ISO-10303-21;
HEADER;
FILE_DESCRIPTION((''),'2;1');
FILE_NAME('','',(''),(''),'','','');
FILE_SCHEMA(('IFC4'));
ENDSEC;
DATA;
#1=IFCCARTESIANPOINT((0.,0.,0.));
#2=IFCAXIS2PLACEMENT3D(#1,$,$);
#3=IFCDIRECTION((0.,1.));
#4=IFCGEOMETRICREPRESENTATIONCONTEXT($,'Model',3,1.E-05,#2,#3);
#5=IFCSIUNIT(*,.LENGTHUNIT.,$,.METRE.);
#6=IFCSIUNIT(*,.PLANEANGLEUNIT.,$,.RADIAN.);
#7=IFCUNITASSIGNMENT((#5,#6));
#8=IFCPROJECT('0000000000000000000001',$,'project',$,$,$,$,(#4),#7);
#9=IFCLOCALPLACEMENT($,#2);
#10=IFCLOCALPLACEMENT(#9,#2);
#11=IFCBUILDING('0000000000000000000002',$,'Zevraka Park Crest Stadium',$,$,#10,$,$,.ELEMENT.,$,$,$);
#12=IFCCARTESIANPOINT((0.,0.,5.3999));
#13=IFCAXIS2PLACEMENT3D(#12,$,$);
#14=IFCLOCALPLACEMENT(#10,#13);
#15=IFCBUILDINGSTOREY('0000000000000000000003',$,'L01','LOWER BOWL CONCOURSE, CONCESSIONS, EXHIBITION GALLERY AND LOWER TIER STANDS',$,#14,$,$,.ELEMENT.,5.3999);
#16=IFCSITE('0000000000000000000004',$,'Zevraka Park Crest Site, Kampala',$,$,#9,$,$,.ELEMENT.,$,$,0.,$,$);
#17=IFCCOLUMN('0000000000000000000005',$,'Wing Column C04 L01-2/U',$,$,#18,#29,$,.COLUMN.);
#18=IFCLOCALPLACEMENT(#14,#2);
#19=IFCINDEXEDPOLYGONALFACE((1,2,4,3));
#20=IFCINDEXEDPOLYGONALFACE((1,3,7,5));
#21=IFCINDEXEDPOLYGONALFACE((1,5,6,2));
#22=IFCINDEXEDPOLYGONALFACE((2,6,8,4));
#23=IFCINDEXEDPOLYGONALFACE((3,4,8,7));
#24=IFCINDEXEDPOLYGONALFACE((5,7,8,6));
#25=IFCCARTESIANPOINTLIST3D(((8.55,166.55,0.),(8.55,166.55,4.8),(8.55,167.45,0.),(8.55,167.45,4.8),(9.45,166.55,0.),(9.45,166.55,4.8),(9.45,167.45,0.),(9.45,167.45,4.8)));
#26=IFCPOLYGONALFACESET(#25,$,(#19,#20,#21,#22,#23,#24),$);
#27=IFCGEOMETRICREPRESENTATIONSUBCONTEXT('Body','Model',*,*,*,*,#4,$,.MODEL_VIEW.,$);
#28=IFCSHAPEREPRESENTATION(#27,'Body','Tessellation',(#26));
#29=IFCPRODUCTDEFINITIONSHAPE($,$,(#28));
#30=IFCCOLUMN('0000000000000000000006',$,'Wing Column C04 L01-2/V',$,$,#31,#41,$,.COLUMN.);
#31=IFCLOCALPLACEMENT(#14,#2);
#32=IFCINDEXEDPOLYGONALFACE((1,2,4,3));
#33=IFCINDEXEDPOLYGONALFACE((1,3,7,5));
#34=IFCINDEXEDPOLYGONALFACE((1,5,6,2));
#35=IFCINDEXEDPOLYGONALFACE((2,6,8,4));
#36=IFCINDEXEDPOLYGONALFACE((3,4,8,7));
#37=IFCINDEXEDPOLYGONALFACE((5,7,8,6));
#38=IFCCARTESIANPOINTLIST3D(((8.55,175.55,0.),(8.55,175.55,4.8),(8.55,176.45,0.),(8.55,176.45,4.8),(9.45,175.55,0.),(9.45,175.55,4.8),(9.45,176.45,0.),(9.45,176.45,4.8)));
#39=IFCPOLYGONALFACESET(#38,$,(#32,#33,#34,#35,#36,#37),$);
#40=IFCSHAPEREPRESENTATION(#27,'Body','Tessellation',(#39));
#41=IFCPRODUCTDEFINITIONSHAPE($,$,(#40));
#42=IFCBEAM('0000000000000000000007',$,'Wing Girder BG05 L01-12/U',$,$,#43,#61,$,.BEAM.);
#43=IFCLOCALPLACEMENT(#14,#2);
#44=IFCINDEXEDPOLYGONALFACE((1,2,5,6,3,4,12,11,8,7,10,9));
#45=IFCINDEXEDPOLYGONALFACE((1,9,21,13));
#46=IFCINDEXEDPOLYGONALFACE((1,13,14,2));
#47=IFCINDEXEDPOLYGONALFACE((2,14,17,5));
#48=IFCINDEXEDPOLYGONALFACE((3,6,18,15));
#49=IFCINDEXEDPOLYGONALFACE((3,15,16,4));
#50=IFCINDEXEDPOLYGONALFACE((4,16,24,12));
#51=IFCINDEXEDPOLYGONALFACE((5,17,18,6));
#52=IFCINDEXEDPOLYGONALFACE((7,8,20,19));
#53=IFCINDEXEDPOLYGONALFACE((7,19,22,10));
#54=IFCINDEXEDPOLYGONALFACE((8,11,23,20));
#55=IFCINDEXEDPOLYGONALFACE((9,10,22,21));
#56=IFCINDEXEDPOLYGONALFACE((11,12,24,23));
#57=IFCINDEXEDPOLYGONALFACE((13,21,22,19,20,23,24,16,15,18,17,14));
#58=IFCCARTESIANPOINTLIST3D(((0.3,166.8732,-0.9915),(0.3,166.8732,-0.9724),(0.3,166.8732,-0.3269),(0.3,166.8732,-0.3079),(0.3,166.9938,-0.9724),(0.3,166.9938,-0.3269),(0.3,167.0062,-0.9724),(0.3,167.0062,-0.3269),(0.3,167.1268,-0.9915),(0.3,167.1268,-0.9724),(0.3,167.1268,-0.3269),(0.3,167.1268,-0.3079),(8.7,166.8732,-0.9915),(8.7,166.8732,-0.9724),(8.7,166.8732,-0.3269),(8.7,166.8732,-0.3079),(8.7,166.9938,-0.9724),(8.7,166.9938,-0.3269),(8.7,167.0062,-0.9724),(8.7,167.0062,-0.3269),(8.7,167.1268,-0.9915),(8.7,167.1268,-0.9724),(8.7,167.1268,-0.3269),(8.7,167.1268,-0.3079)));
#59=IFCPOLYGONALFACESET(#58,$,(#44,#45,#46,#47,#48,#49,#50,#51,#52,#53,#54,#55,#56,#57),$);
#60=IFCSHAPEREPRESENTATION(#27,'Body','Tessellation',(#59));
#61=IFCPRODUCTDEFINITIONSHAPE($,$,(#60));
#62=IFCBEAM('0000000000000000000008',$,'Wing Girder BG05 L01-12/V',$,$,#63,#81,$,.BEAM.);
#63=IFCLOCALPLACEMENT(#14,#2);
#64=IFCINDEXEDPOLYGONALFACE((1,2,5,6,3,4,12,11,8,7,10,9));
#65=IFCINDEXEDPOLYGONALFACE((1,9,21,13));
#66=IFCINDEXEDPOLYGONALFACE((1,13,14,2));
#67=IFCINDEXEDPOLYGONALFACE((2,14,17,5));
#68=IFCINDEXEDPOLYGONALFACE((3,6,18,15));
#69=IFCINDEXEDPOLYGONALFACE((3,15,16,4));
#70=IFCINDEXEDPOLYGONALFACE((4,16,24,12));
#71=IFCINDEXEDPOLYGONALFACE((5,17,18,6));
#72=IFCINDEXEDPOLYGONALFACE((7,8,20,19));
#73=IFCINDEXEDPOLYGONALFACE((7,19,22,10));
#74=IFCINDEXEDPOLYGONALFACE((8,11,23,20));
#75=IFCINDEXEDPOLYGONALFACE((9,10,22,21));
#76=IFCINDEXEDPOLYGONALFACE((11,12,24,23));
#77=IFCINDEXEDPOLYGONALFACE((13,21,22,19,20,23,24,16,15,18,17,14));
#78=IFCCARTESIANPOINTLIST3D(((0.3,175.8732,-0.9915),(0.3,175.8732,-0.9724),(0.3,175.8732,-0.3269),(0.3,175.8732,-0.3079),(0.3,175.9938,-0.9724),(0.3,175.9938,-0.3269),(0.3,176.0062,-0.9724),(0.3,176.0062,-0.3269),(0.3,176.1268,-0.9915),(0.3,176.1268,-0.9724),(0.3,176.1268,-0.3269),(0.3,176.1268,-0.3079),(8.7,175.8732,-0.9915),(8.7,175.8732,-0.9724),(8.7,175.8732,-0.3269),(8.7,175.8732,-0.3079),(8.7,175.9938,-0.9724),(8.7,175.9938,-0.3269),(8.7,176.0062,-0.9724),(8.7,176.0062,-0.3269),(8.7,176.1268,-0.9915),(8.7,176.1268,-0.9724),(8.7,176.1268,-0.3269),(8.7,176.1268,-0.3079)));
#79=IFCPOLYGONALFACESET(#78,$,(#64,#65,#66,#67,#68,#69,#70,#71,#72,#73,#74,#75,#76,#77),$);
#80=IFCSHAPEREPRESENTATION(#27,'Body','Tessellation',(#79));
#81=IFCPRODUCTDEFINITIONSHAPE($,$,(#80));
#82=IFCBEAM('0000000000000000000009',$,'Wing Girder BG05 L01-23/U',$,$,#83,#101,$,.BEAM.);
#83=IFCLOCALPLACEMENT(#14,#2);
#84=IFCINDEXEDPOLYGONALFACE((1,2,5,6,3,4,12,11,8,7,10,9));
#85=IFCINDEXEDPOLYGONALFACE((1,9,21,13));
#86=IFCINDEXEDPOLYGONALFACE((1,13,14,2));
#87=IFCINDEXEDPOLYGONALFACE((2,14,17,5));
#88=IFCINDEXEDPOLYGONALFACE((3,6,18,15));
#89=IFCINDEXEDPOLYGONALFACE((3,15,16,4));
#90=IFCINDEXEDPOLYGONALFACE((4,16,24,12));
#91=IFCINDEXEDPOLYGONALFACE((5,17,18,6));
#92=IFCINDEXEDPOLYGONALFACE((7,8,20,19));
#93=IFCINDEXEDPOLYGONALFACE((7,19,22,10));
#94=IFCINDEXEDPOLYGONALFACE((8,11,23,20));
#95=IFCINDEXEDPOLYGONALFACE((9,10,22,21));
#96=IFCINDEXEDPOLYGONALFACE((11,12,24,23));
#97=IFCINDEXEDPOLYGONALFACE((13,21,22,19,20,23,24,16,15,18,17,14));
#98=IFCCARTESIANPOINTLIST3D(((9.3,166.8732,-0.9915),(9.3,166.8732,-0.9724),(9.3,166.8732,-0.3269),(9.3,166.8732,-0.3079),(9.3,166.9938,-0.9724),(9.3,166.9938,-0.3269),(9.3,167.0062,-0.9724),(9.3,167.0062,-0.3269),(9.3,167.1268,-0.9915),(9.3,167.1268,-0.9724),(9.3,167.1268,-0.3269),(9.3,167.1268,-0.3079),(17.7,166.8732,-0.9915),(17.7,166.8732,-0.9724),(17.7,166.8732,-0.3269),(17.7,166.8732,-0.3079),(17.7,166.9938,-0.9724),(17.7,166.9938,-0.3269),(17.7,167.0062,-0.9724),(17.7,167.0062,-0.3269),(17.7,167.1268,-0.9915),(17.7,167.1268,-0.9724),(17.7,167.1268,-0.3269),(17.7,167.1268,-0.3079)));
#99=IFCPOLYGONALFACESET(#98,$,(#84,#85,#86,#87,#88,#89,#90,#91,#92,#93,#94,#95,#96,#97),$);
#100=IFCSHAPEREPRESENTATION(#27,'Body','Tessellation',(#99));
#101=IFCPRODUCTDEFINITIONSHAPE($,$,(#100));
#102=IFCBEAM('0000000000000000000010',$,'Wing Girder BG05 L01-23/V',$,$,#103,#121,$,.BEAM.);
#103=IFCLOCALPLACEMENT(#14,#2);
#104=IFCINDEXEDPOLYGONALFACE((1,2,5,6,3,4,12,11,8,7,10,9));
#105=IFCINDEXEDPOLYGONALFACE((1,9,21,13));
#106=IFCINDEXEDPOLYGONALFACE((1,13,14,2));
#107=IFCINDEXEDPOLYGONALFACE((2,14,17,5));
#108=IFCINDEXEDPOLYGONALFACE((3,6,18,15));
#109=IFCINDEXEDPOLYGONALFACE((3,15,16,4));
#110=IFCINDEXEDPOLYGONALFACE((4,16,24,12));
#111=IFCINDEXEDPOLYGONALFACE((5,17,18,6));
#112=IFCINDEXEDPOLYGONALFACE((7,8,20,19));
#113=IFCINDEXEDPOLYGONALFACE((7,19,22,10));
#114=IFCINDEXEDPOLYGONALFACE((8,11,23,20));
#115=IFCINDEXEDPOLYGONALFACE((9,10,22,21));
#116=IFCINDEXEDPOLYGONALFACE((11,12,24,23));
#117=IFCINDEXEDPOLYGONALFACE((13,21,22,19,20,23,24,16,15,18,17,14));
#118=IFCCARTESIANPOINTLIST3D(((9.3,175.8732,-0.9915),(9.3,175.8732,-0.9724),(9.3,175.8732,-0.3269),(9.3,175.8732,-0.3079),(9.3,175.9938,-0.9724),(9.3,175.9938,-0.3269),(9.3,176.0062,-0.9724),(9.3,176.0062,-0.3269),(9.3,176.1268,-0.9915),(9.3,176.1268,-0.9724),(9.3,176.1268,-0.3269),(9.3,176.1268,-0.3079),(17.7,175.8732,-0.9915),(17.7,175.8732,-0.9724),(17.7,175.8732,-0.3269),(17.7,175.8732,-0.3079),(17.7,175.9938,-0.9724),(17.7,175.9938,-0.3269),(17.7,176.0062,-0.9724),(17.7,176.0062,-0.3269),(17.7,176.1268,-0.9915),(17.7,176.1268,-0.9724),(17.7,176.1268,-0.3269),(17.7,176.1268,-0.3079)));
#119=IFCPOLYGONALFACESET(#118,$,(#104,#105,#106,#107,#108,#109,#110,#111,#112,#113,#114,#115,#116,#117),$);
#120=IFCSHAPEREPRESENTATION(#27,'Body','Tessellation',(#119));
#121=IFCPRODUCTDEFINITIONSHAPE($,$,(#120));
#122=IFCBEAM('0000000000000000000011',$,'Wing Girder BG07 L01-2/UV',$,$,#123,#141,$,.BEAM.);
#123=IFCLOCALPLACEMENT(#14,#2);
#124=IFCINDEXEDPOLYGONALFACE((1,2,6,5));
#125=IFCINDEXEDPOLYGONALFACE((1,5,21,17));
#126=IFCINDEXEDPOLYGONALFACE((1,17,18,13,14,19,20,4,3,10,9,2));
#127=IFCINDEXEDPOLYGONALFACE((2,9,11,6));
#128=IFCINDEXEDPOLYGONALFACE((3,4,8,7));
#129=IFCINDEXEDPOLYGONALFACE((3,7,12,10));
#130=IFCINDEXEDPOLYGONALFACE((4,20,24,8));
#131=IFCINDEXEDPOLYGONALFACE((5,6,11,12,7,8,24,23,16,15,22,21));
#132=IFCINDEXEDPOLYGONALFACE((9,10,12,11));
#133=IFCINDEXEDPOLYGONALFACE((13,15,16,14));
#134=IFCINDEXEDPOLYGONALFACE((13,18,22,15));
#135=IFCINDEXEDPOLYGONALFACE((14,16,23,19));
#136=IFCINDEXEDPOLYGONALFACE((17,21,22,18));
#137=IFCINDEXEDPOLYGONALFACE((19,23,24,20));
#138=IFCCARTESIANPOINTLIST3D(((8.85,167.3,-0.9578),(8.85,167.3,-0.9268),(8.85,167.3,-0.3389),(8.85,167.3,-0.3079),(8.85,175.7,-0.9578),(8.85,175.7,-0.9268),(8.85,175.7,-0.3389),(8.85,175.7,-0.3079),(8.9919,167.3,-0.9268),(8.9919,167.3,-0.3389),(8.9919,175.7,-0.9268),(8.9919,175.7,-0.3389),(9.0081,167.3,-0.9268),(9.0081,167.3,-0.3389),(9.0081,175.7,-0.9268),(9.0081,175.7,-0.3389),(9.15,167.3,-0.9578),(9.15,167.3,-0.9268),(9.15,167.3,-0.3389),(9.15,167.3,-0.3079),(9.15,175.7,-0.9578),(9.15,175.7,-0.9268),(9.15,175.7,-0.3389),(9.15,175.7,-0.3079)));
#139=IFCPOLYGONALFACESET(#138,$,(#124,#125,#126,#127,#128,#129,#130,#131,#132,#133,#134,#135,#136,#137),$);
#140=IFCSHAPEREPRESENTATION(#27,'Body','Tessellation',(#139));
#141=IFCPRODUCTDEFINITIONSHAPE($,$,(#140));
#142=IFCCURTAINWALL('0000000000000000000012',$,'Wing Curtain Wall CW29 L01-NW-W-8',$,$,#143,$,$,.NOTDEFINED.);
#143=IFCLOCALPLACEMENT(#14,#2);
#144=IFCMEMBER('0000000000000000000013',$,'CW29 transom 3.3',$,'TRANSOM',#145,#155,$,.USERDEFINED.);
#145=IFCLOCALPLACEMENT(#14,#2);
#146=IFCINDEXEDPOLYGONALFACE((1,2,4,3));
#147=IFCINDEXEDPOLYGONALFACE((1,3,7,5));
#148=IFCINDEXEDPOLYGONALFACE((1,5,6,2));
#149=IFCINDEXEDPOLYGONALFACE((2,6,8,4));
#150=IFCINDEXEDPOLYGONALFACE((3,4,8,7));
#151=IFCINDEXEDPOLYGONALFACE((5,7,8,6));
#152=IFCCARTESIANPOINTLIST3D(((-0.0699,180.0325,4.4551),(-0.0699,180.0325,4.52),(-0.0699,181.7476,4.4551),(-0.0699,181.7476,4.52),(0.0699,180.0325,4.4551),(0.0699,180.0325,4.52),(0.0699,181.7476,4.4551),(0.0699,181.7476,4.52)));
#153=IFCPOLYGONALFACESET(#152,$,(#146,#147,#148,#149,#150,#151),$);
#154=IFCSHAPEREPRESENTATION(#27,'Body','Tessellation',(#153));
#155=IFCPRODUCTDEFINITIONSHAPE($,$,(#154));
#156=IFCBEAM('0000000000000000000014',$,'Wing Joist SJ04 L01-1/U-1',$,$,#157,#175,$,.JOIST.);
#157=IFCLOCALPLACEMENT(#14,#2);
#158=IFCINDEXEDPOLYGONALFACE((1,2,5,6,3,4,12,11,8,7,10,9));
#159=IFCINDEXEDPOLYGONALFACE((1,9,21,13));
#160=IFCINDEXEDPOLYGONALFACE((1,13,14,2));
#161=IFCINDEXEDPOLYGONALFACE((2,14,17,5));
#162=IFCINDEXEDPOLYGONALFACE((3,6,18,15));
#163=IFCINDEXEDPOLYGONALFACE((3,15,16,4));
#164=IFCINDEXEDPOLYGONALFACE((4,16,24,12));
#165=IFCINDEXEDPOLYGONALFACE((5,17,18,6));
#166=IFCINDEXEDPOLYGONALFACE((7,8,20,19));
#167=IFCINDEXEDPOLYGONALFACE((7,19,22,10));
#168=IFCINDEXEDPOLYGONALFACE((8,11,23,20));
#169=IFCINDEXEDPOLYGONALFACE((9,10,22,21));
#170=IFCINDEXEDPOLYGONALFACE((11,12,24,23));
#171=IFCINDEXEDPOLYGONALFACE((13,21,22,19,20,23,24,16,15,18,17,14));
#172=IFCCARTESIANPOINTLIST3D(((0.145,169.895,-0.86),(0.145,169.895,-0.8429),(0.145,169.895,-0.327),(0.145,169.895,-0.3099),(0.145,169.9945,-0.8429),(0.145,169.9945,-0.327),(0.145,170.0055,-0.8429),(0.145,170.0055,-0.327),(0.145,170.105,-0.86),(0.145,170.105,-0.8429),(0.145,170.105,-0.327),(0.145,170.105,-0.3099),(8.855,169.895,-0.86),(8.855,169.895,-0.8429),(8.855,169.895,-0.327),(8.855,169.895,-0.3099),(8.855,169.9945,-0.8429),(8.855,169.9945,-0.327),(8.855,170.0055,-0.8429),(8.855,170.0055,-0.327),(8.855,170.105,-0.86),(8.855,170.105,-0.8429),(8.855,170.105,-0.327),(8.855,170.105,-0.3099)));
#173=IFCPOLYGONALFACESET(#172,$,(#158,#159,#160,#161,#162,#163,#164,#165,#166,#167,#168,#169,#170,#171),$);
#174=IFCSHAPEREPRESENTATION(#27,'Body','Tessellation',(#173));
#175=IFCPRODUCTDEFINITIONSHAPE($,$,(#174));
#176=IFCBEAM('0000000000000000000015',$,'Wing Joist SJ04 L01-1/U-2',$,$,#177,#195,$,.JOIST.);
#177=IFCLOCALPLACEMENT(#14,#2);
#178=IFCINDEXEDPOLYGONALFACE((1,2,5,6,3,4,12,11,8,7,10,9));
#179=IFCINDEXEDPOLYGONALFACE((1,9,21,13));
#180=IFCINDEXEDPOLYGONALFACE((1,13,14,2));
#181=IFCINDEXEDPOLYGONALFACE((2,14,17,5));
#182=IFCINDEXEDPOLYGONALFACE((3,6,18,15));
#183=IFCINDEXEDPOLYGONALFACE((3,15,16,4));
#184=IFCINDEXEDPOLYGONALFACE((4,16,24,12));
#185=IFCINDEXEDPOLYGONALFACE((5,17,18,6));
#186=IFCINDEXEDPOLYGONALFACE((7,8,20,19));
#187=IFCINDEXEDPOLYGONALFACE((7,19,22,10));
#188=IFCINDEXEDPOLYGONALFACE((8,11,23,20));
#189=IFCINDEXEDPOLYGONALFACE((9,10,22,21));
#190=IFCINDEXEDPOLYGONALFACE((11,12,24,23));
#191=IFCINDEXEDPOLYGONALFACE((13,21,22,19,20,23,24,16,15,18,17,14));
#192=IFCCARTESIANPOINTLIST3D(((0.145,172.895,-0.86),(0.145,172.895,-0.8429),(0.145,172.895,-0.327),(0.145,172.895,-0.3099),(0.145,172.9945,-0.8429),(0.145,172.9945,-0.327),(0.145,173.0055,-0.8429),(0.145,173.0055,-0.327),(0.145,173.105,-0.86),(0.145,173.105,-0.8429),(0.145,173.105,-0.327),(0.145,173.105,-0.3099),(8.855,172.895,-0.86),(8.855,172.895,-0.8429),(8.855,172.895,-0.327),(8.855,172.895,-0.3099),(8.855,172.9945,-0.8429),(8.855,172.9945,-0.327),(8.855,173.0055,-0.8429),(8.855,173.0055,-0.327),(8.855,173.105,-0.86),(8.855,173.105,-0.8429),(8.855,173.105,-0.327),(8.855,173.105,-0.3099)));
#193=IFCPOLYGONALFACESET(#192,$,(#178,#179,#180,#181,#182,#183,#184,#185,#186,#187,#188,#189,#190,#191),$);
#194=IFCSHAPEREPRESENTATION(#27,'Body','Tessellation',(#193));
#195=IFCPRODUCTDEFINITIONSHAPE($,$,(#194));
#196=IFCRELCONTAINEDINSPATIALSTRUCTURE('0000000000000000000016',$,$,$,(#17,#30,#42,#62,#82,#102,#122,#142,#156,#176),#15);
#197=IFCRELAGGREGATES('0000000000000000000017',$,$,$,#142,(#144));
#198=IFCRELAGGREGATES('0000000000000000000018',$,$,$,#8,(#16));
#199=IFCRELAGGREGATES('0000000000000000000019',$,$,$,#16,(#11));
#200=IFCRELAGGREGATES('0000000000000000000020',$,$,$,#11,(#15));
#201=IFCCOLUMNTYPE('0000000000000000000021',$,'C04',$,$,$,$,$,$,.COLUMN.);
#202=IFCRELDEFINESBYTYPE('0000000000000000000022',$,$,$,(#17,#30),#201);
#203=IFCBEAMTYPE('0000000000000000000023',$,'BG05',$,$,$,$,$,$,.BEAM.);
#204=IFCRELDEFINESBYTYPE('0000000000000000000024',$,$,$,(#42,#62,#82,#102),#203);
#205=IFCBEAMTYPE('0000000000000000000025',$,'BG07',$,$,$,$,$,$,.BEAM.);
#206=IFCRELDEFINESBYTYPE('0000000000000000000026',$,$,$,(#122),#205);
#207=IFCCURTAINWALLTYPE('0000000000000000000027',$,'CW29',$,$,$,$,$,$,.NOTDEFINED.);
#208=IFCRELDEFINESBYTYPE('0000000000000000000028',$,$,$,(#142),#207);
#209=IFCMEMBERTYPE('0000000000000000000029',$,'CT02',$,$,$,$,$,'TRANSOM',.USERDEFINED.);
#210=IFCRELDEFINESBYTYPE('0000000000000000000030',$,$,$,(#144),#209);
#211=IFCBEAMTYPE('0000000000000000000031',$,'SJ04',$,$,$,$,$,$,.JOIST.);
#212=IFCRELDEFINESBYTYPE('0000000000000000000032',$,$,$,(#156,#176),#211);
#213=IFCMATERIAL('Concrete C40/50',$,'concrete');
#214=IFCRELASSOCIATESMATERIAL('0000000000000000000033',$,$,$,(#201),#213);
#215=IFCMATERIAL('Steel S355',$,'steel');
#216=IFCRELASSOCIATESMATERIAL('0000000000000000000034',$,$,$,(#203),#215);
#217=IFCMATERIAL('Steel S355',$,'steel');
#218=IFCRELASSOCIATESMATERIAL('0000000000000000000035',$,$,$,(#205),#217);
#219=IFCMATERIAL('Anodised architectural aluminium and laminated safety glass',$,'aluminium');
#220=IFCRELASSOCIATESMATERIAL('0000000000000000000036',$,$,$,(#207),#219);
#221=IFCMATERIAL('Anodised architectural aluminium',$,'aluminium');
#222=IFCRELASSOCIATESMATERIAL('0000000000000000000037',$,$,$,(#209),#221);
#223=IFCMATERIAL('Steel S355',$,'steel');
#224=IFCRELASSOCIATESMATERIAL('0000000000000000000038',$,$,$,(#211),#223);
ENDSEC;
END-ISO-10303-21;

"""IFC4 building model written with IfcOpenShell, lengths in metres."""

from ifc_helpers import new_model, si_unit, direction, frame, origin, origin_2d, place, context, subcontext, project, spatial, rectangle, i_section, extrude, material, material_profile, profile_set, type_object, element, aggregate, save


model = new_model("IFC4")

# Units and contexts
model_context = context("Model", 3, precision=1e-05, world=origin(), true_north=direction((0.0, 1.0)))
body_context = subcontext(model_context, "Body", "Model", "MODEL_VIEW")
ifc_project = project(units=[si_unit("LENGTHUNIT", "METRE"), si_unit("PLANEANGLEUNIT", "RADIAN")], contexts=[model_context])

# Site, building, storey
site_placement = place(None, origin())
site = spatial("IfcSite", under=ifc_project, at=site_placement, Name="Zevraka Park Crest Site, Kampala", CompositionType="ELEMENT", RefElevation=0.0)
building_placement = place(site_placement, origin())
building = spatial("IfcBuilding", under=site, at=building_placement, Name="Zevraka Park Crest Stadium", CompositionType="ELEMENT")
storey_placement = place(building_placement, frame((0.0, 0.0, 5.3999)))
storey = spatial("IfcBuildingStorey", under=building, at=storey_placement, Name="L01", Description="LOWER BOWL CONCOURSE, CONCESSIONS, EXHIBITION GALLERY AND LOWER TIER STANDS", CompositionType="ELEMENT", Elevation=5.3999)

# Columns
ifc_material_1 = material(Name="Concrete C40/50", Category="concrete")
ifc_material_profile_1 = material_profile(ifc_material_1, rectangle(XDim=0.8999, YDim=0.8999, at=origin_2d()), Name="RC 900x900")
ifc_profile_set_1 = profile_set([ifc_material_profile_1], Name="Concrete C40/50")
column_type = type_object("IfcColumnType", Name="C04", PredefinedType="COLUMN", material=ifc_profile_set_1)
for number, where, z_axis, x_axis, name in (
    (1, (9.0, 167.0, 0.0), (0.0, 0.0, 1.0), (1.0, 0.0, 0.0), "Wing Column C04 L01-2/U"),
    (2, (9.0, 176.0, 0.0), (0.0, 0.0, 1.0), (1.0, 0.0, 0.0), "Wing Column C04 L01-2/V"),
):
    element("IfcColumn", number, at=place(storey_placement, frame(where, z_axis=z_axis, x_axis=x_axis)), inside=storey, type_object=column_type, Name=name, PredefinedType="COLUMN", context=body_context, shape_type="SweptSolid", body=[
        extrude(rectangle(XDim=0.8999, YDim=0.8999, at=origin_2d()), origin(), (0.0, 0.0, 1.0), 4.8),
    ])

# Beams
ifc_material_2 = material(Name="Steel S355", Category="steel")
ifc_material_profile_2 = material_profile(ifc_material_2, i_section(OverallWidth=0.2537, OverallDepth=0.6836, WebThickness=0.0125, FlangeThickness=0.019, at=origin_2d()), Name="UKB 686x254x140")
ifc_profile_set_2 = profile_set([ifc_material_profile_2], Name="Steel S355")
beam_type_1 = type_object("IfcBeamType", Name="BG05", PredefinedType="BEAM", material=ifc_profile_set_2)
for number, where, z_axis, x_axis, name in (
    (3, (0.3, 167.0, -0.6497), (1.0, 0.0, 0.0), (0.0, 1.0, 0.0), "Wing Girder BG05 L01-12/U"),
    (4, (0.3, 176.0, -0.6497), (1.0, 0.0, 0.0), (0.0, 1.0, 0.0), "Wing Girder BG05 L01-12/V"),
    (5, (9.3, 167.0, -0.6497), (1.0, 0.0, 0.0), (0.0, 1.0, 0.0), "Wing Girder BG05 L01-23/U"),
    (6, (9.3, 176.0, -0.6497), (1.0, 0.0, 0.0), (0.0, 1.0, 0.0), "Wing Girder BG05 L01-23/V"),
):
    element("IfcBeam", number, at=place(storey_placement, frame(where, z_axis=z_axis, x_axis=x_axis)), inside=storey, type_object=beam_type_1, Name=name, PredefinedType="BEAM", context=body_context, shape_type="SweptSolid", body=[
        extrude(i_section(OverallWidth=0.2537, OverallDepth=0.6836, WebThickness=0.0125, FlangeThickness=0.019, at=origin_2d()), origin(), (0.0, 0.0, 1.0), 8.3999),
    ])
ifc_material_3 = material(Name="Steel S355", Category="steel")
ifc_material_profile_3 = material_profile(ifc_material_3, i_section(OverallWidth=0.3, OverallDepth=0.6499, WebThickness=0.0161, FlangeThickness=0.031, at=origin_2d()), Name="HEB 650")
ifc_profile_set_3 = profile_set([ifc_material_profile_3], Name="Steel S355")
beam_type_2 = type_object("IfcBeamType", Name="BG07", PredefinedType="BEAM", material=ifc_profile_set_3)
beam_1_placement = place(storey_placement, frame((9.0, 167.3, -0.6328), z_axis=(0.0, 1.0, 0.0), x_axis=(-1.0, 0.0, 0.0)))
element("IfcBeam", 7, at=beam_1_placement, inside=storey, type_object=beam_type_2, Name="Wing Girder BG07 L01-2/UV", PredefinedType="BEAM", context=body_context, shape_type="SweptSolid", body=[
    extrude(i_section(OverallWidth=0.3, OverallDepth=0.6499, WebThickness=0.0161, FlangeThickness=0.031, at=origin_2d()), origin(), (0.0, 0.0, 1.0), 8.3999),
])

# Curtain wall, member
ifc_material_4 = material(Name="Anodised architectural aluminium and laminated safety glass", Category="aluminium")
curtain_wall_type = type_object("IfcCurtainWallType", Name="CW29", PredefinedType="NOTDEFINED", material=ifc_material_4)
curtain_wall_placement = place(storey_placement, origin())
curtain_wall = element("IfcCurtainWall", 8, at=curtain_wall_placement, inside=storey, type_object=curtain_wall_type, Name="Wing Curtain Wall CW29 L01-NW-W-8", PredefinedType="NOTDEFINED")
ifc_material_5 = material(Name="Anodised architectural aluminium", Category="aluminium")
ifc_material_profile_4 = material_profile(ifc_material_5, rectangle(XDim=0.1399, YDim=0.0649, at=origin_2d()), Name="ALU TRANSOM 140x65")
ifc_profile_set_4 = profile_set([ifc_material_profile_4], Name="Anodised architectural aluminium")
member_type = type_object("IfcMemberType", Name="CT02", ElementType="TRANSOM", PredefinedType="USERDEFINED", material=ifc_profile_set_4)
member_placement = place(storey_placement, frame((0.0, 180.0325, 4.4875), z_axis=(0.0, 1.0, 0.0), x_axis=(-1.0, 0.0, 0.0)))
member = element("IfcMember", 9, at=member_placement, type_object=member_type, Name="CW29 transom 3.3", ObjectType="TRANSOM", PredefinedType="USERDEFINED", context=body_context, shape_type="SweptSolid", body=[
    extrude(rectangle(XDim=0.1399, YDim=0.0649, at=origin_2d()), origin(), (0.0, 0.0, 1.0), 1.7151),
])
aggregate(curtain_wall, [member])

# Beams
ifc_material_6 = material(Name="Steel S355", Category="steel")
ifc_material_profile_5 = material_profile(ifc_material_6, i_section(OverallWidth=0.21, OverallDepth=0.55, WebThickness=0.011, FlangeThickness=0.0171, at=origin_2d()), Name="IPE 550")
ifc_profile_set_5 = profile_set([ifc_material_profile_5], Name="Steel S355")
beam_type_3 = type_object("IfcBeamType", Name="SJ04", PredefinedType="JOIST", material=ifc_profile_set_5)
for number, where, z_axis, x_axis, name in (
    (10, (0.145, 170.0, -0.585), (1.0, 0.0, 0.0), (0.0, 1.0, 0.0), "Wing Joist SJ04 L01-1/U-1"),
    (11, (0.145, 173.0, -0.585), (1.0, 0.0, 0.0), (0.0, 1.0, 0.0), "Wing Joist SJ04 L01-1/U-2"),
):
    element("IfcBeam", number, at=place(storey_placement, frame(where, z_axis=z_axis, x_axis=x_axis)), inside=storey, type_object=beam_type_3, Name=name, PredefinedType="JOIST", context=body_context, shape_type="SweptSolid", body=[
        extrude(i_section(OverallWidth=0.21, OverallDepth=0.55, WebThickness=0.011, FlangeThickness=0.0171, at=origin_2d()), origin(), (0.0, 0.0, 1.0), 8.71),
    ])

save(model, "model.ifc")
